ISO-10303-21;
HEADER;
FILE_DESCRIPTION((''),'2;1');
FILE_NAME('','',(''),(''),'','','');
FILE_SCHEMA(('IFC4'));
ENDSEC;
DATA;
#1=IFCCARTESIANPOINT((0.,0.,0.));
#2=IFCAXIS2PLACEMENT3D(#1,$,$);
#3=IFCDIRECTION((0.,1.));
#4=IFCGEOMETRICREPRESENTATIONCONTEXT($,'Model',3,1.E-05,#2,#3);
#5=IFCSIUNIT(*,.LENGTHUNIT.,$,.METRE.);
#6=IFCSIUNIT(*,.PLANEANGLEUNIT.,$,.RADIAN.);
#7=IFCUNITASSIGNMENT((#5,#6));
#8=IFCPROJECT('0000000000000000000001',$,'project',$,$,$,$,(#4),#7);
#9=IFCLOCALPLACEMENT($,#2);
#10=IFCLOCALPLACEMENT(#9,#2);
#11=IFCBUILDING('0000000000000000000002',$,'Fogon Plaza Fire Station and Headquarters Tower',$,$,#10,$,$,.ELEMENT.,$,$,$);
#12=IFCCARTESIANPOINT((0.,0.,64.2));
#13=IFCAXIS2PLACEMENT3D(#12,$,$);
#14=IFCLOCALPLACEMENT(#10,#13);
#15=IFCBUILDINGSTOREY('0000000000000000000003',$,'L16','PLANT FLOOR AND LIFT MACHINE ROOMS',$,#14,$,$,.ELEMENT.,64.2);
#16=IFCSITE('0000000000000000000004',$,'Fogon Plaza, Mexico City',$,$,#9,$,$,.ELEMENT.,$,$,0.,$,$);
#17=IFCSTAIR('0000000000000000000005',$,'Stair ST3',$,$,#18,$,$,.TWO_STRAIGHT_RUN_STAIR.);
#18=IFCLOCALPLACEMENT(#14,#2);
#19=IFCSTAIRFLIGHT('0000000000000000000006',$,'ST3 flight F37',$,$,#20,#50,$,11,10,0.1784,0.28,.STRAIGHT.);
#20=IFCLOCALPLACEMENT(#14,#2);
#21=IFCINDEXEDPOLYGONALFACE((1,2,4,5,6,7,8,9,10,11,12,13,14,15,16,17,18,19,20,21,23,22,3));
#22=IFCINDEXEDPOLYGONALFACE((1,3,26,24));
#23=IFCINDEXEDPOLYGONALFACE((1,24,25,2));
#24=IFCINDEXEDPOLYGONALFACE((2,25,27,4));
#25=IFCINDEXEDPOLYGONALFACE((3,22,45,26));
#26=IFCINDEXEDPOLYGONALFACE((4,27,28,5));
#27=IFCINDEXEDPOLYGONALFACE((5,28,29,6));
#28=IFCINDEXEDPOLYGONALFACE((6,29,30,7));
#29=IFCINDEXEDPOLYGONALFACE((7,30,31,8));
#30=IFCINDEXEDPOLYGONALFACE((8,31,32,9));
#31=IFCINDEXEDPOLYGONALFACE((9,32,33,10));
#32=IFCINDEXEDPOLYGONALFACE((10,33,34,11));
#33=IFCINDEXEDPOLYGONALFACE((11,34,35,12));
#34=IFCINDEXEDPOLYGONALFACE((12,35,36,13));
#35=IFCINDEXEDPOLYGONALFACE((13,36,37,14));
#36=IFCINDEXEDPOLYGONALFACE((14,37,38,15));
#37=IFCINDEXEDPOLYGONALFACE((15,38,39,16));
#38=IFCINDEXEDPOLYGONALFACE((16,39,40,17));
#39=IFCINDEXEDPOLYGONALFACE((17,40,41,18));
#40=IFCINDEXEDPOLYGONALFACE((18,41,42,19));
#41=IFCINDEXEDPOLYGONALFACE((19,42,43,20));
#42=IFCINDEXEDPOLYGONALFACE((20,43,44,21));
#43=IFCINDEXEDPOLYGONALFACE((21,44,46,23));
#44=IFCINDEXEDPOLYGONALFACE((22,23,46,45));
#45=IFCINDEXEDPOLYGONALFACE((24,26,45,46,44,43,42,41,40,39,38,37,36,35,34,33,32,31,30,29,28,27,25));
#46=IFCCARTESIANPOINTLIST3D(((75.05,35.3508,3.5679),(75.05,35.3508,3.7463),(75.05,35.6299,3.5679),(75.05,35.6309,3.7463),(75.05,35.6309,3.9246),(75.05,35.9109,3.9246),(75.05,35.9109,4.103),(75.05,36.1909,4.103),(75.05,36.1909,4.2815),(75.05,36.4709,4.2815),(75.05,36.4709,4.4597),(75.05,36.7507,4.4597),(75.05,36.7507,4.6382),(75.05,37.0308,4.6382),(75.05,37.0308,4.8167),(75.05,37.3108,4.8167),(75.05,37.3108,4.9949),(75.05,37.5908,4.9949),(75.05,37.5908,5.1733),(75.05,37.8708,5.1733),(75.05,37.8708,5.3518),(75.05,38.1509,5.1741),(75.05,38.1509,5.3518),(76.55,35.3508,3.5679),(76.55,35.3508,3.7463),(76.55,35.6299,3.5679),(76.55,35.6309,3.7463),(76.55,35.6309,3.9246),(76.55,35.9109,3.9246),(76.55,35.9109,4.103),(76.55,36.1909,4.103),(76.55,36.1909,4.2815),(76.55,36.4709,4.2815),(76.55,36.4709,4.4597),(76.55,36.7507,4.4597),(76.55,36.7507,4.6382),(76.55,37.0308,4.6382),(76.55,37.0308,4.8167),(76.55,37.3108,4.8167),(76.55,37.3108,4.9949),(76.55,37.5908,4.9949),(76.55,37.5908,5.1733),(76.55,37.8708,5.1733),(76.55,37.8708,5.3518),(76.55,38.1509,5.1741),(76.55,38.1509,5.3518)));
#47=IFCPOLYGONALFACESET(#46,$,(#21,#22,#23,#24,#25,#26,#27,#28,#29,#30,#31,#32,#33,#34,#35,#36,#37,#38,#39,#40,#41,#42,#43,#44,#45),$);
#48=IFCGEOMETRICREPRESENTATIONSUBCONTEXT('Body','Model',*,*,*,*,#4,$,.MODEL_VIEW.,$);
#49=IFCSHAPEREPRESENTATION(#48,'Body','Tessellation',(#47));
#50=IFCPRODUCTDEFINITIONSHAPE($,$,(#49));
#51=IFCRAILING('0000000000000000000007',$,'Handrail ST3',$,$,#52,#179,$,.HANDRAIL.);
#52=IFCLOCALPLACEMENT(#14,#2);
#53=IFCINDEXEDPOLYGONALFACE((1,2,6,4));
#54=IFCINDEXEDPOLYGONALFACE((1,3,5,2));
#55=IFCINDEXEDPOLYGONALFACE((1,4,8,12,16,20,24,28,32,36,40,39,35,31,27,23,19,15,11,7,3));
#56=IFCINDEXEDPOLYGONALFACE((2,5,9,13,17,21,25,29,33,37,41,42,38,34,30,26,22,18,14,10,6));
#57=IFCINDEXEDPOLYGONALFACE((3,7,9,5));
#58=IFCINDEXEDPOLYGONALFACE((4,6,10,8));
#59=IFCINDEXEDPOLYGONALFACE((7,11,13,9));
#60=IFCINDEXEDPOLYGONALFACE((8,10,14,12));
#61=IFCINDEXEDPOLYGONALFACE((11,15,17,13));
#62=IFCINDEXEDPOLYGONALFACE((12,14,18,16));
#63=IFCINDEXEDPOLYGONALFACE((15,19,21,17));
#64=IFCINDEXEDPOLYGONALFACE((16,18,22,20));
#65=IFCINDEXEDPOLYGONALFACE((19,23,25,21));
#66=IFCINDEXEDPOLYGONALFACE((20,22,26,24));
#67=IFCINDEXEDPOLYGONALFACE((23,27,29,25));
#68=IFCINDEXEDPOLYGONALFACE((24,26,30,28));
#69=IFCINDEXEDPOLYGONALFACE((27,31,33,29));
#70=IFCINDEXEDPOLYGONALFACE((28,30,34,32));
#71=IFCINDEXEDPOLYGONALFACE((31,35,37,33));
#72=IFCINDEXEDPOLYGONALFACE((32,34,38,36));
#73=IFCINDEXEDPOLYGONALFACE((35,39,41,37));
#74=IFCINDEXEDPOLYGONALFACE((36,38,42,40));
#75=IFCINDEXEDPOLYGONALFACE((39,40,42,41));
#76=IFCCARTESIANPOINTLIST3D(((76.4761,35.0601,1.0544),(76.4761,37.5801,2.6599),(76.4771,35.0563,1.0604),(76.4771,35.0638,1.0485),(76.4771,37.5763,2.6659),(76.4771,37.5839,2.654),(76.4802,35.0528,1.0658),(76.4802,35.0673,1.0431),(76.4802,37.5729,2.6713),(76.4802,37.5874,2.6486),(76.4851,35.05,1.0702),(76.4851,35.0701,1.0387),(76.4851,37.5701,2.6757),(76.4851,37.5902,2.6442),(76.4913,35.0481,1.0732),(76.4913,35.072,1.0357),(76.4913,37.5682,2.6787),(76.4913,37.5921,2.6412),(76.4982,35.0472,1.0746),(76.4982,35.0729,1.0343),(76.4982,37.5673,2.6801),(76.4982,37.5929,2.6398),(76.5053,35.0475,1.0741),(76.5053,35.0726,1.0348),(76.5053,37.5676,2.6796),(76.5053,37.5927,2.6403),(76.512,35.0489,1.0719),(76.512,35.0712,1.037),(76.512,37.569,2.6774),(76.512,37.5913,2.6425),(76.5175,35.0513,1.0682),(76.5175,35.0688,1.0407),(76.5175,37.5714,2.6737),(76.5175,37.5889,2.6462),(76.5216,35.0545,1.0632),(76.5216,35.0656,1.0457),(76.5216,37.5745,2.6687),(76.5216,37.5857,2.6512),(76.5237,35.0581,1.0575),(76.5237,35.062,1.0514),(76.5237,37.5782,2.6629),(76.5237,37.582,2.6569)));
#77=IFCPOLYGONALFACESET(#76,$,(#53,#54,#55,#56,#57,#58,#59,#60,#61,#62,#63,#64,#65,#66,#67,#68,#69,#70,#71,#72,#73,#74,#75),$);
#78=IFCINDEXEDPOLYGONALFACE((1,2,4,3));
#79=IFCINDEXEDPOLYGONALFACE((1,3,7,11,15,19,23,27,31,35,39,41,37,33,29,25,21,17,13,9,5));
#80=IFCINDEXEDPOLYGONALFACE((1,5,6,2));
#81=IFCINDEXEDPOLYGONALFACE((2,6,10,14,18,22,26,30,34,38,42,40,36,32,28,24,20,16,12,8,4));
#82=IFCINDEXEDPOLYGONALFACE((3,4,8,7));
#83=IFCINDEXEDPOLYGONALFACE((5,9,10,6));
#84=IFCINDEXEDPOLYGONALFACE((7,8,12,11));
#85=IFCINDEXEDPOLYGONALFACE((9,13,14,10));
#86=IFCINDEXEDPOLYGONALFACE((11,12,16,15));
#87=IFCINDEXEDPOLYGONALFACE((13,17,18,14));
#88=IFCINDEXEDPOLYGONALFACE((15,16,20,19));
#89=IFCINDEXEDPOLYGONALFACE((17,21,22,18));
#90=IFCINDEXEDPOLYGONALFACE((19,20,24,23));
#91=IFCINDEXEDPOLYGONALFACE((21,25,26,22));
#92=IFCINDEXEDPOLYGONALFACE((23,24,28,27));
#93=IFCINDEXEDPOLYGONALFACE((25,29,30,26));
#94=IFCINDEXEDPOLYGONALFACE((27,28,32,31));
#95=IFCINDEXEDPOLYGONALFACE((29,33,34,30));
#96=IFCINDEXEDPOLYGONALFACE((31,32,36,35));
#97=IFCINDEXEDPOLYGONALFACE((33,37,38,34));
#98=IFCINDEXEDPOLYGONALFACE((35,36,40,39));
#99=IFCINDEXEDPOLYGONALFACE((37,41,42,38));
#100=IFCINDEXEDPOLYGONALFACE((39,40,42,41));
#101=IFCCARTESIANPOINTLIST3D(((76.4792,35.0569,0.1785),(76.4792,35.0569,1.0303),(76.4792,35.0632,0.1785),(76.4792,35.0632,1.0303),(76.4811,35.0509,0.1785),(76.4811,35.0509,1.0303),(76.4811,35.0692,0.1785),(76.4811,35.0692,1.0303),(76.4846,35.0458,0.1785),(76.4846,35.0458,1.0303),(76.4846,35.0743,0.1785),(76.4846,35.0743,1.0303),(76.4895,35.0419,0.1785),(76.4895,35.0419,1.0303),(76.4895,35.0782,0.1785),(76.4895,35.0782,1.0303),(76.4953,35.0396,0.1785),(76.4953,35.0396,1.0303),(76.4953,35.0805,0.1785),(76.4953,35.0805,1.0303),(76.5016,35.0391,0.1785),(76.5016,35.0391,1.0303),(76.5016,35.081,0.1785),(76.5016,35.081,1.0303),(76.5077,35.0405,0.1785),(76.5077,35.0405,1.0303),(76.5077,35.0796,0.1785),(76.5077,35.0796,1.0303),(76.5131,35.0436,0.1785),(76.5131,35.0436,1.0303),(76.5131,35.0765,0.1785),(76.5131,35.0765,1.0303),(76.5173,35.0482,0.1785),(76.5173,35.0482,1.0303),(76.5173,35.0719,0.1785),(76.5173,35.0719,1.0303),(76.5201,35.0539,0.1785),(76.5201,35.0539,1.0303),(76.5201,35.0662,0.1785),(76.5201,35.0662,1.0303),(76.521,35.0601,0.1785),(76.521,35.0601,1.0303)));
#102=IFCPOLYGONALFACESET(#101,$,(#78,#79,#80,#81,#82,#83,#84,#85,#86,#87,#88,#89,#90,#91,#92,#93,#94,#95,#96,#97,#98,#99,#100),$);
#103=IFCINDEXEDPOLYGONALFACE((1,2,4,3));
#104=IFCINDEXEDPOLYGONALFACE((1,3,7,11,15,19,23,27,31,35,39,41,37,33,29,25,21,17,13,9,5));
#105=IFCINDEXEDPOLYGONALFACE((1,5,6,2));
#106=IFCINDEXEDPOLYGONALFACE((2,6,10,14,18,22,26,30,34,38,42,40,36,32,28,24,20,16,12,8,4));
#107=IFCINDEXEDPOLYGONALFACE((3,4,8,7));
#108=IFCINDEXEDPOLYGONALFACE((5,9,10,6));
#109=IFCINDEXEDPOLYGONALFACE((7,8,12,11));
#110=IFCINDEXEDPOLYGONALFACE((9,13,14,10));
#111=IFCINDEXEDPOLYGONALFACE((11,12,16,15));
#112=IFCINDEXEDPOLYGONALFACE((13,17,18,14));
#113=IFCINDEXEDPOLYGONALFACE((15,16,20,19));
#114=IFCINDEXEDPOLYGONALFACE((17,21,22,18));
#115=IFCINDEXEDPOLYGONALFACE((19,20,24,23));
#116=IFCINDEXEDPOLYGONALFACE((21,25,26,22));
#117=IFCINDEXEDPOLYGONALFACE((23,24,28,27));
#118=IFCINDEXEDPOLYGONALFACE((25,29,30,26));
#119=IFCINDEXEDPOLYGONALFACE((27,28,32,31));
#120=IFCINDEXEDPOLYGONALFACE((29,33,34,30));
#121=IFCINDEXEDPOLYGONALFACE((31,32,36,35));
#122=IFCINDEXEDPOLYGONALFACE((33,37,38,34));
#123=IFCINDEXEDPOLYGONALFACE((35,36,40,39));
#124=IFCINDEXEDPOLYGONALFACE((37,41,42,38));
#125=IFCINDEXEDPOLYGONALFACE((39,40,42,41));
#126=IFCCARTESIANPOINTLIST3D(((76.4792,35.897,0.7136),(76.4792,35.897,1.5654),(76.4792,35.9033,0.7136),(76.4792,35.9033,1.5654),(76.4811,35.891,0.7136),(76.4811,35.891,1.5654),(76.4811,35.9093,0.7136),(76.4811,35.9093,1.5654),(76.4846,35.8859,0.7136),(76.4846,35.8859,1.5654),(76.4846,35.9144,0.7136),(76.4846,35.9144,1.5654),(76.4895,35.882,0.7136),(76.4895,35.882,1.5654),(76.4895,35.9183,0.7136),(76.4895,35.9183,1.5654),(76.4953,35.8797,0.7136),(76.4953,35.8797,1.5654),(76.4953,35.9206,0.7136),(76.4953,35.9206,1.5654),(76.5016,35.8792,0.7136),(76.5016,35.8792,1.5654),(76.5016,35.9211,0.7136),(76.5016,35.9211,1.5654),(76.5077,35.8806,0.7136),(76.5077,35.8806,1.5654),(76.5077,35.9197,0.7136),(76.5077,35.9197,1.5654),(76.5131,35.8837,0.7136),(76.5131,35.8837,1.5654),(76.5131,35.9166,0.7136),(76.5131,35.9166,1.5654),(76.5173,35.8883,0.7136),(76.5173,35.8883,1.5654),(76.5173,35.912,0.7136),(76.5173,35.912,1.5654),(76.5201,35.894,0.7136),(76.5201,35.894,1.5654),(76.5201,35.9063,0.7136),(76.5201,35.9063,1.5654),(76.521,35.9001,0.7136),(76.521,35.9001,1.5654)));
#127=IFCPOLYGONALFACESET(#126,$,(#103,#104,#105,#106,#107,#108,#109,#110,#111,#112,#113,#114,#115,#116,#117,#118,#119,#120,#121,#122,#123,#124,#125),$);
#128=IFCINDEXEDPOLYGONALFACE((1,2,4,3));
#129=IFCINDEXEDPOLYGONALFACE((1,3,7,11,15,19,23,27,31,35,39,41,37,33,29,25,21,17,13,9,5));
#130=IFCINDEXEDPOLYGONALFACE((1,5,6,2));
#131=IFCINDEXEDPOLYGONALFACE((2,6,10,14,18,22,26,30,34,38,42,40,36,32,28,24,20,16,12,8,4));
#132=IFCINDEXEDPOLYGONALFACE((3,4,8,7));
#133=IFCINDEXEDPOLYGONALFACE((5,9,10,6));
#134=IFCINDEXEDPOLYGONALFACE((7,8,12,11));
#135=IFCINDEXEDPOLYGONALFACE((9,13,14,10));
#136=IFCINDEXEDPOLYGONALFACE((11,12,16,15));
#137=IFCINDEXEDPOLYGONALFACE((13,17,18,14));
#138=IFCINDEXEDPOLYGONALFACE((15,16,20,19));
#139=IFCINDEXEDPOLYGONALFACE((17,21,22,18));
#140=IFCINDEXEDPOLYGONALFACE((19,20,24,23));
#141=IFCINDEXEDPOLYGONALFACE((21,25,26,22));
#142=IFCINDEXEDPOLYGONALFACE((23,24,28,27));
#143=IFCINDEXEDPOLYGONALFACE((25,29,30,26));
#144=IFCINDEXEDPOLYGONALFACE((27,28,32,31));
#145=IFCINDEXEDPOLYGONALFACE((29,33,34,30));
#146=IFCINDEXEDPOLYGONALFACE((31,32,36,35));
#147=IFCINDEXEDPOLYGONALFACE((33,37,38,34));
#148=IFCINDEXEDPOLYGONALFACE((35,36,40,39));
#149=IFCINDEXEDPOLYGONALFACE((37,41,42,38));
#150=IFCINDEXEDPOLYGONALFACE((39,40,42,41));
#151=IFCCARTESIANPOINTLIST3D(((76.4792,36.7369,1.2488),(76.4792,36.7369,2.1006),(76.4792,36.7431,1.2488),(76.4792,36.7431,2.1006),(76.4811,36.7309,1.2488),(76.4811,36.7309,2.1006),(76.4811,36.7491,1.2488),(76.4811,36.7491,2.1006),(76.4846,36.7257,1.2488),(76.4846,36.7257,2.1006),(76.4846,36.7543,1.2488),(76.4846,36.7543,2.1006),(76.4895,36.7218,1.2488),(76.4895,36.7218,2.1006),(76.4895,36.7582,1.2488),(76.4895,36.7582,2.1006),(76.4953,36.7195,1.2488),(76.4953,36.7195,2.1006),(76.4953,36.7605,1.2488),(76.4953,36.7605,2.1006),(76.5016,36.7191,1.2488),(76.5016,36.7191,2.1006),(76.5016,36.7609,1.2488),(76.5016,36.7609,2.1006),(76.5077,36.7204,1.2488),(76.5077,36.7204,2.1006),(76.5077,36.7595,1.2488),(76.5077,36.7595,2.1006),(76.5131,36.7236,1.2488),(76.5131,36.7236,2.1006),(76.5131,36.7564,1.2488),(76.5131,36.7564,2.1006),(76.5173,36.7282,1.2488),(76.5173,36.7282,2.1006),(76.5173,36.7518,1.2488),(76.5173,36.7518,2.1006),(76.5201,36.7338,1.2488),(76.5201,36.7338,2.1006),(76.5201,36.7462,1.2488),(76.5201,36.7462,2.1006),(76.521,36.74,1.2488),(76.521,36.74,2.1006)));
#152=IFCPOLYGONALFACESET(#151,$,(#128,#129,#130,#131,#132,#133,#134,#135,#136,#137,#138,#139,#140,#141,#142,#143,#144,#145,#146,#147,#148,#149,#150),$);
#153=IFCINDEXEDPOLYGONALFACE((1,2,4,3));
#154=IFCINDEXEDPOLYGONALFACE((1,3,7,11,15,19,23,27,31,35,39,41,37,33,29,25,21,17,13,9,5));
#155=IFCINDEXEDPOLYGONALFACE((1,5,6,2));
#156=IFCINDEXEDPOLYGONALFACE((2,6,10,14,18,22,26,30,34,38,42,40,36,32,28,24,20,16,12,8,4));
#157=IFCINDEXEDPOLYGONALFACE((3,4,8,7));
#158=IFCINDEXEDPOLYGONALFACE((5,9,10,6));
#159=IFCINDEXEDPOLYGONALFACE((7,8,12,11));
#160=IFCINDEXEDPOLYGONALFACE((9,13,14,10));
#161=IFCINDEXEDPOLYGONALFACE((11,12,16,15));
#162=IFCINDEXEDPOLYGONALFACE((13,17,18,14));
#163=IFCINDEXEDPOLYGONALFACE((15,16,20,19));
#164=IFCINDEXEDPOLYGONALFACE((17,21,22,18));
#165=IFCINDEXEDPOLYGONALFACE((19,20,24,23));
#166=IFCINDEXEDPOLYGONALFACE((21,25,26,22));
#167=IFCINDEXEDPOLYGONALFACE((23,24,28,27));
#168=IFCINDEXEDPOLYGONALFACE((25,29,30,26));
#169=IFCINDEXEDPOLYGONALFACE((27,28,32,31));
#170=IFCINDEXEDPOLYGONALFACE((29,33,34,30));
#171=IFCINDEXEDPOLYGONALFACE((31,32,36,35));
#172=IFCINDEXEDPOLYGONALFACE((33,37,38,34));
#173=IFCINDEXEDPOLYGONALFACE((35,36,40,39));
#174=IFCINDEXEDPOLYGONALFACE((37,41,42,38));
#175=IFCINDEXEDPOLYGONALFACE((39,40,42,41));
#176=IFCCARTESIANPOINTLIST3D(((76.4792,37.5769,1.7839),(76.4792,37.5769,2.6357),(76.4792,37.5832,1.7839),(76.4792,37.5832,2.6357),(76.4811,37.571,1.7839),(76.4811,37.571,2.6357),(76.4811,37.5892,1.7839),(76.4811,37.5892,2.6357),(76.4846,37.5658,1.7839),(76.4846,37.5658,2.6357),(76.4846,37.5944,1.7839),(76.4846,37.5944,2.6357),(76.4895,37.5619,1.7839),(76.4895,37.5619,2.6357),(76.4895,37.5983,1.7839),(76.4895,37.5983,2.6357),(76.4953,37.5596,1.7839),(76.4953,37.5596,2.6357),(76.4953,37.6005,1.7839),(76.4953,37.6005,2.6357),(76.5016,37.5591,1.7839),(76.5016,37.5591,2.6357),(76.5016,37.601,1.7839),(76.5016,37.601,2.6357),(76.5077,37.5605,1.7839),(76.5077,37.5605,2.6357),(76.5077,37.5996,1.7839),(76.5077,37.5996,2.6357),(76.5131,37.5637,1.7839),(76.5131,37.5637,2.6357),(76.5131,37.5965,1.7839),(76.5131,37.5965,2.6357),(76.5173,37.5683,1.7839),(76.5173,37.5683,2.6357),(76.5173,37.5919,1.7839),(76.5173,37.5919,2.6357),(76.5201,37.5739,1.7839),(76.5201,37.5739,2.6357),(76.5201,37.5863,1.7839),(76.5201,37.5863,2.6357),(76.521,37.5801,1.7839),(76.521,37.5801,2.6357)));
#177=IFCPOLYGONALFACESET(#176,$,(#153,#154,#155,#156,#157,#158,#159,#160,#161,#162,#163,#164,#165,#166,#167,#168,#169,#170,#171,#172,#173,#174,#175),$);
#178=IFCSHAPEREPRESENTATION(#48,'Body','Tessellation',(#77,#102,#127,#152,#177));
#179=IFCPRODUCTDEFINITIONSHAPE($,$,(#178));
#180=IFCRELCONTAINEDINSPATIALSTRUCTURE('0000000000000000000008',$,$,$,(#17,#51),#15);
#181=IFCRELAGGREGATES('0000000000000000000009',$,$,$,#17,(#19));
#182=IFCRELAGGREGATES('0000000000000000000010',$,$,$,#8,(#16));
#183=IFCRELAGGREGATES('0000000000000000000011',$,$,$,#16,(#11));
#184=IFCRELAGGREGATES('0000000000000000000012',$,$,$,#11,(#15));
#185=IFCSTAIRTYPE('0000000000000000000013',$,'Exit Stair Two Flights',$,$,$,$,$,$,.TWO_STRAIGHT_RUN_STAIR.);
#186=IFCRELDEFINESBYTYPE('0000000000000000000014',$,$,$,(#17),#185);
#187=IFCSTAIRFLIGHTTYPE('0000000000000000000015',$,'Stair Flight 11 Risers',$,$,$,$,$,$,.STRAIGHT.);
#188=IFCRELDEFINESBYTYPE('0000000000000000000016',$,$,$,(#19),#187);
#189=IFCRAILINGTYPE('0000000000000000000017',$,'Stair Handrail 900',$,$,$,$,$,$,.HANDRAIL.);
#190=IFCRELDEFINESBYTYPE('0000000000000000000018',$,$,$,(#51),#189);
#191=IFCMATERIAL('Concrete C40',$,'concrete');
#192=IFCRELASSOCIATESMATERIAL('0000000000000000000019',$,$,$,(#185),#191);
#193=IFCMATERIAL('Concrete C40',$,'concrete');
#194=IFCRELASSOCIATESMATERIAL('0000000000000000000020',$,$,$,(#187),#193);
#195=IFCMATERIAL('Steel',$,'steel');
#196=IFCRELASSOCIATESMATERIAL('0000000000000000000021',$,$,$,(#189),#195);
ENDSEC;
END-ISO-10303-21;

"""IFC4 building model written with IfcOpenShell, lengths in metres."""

from ifc_helpers import new_model, si_unit, direction, frame, origin, origin_2d, place, context, subcontext, project, spatial, polyline, circle, outline, extrude, material, type_object, element, aggregate, save


model = new_model("IFC4")

# Units and contexts
model_context = context("Model", 3, precision=1e-05, world=origin(), true_north=direction((0.0, 1.0)))
body_context = subcontext(model_context, "Body", "Model", "MODEL_VIEW")
ifc_project = project(units=[si_unit("LENGTHUNIT", "METRE"), si_unit("PLANEANGLEUNIT", "RADIAN")], contexts=[model_context])

# Site, building, storey
site_placement = place(None, origin())
site = spatial("IfcSite", under=ifc_project, at=site_placement, Name="Fogon Plaza, Mexico City", CompositionType="ELEMENT", RefElevation=0.0)
building_placement = place(site_placement, origin())
building = spatial("IfcBuilding", under=site, at=building_placement, Name="Fogon Plaza Fire Station and Headquarters Tower", CompositionType="ELEMENT")
storey_placement = place(building_placement, frame((0.0, 0.0, 64.2)))
storey = spatial("IfcBuildingStorey", under=building, at=storey_placement, Name="L16", Description="PLANT FLOOR AND LIFT MACHINE ROOMS", CompositionType="ELEMENT", Elevation=64.2)

# Stair, stair flight
ifc_material_1 = material(Name="Concrete C40", Category="concrete")
stair_type = type_object("IfcStairType", Name="Exit Stair Two Flights", PredefinedType="TWO_STRAIGHT_RUN_STAIR", material=ifc_material_1)
stair_placement = place(storey_placement, origin())
stair = element("IfcStair", 1, at=stair_placement, inside=storey, type_object=stair_type, Name="Stair ST3", PredefinedType="TWO_STRAIGHT_RUN_STAIR")
ifc_material_2 = material(Name="Concrete C40", Category="concrete")
stair_flight_type_1 = type_object("IfcStairFlightType", Name="Stair Flight 11 Risers", PredefinedType="STRAIGHT", material=ifc_material_2)
stair_flight_1_placement = place(storey_placement, frame((75.8, 35.3508, 3.5679), z_axis=(0.0, 0.0, 1.0), x_axis=(0.0, 1.0, 0.0)))
stair_flight_1 = element("IfcStairFlight", 2, at=stair_flight_1_placement, type_object=stair_flight_type_1, Name="ST3 flight F37", NumberOfRisers=11, NumberOfTreads=10, PredefinedType="STRAIGHT", RiserHeight=0.1784, TreadLength=0.28, context=body_context, shape_type="SweptSolid", body=[
    extrude(outline(polyline([(0.0, 0.0), (0.0, 0.1785), (0.28, 0.1785), (0.28, 0.3567), (0.5601, 0.3567), (0.5601, 0.5352), (0.8401, 0.5352), (0.8401, 0.7136), (1.1201, 0.7136), (1.1201, 0.8918), (1.3999, 0.8918), (1.3999, 1.0703), (1.6799, 1.0703), (1.6799, 1.2488), (1.96, 1.2488), (1.96, 1.427), (2.24, 1.427), (2.24, 1.6055), (2.52, 1.6055), (2.52, 1.7839), (2.8, 1.7839), (2.8, 1.9622), (2.8, 1.6062), (0.2791, 0.0), (0.0, 0.0)])), frame((0.0, 0.75, 0.0), z_axis=(0.0, -1.0, 0.0), x_axis=(1.0, 0.0, 0.0)), (0.0, 0.0, 1.0), 1.5),
])
aggregate(stair, [stair_flight_1])

# Railing
ifc_material_3 = material(Name="Steel", Category="steel")
railing_type = type_object("IfcRailingType", Name="Stair Handrail 900", PredefinedType="HANDRAIL", material=ifc_material_3)
for number, where, name in (
    (3, (76.5, 35.0601, 0.1785), "Handrail ST3"),
):
    element("IfcRailing", number, at=place(storey_placement, frame(where)), inside=storey, type_object=railing_type, Name=name, PredefinedType="HANDRAIL", context=body_context, shape_type="SweptSolid", body=[
        extrude(circle(Radius=0.0239, at=origin_2d()), frame((0.0, 0.0, 0.876), z_axis=(0.0, 0.843385, 0.537309), x_axis=(-1.0, 0.0, 0.0)), (0.0, 0.0, 1.0), 2.988),
        extrude(circle(Radius=0.021, at=origin_2d()), origin(), (0.0, 0.0, 1.0), 0.8518),
        extrude(circle(Radius=0.021, at=origin_2d()), frame((0.0, 0.8401, 0.5352)), (0.0, 0.0, 1.0), 0.8518),
        extrude(circle(Radius=0.021, at=origin_2d()), frame((0.0, 1.6799, 1.0703)), (0.0, 0.0, 1.0), 0.8518),
        extrude(circle(Radius=0.021, at=origin_2d()), frame((0.0, 2.52, 1.6055)), (0.0, 0.0, 1.0), 0.8518),
    ])

save(model, "model.ifc")
